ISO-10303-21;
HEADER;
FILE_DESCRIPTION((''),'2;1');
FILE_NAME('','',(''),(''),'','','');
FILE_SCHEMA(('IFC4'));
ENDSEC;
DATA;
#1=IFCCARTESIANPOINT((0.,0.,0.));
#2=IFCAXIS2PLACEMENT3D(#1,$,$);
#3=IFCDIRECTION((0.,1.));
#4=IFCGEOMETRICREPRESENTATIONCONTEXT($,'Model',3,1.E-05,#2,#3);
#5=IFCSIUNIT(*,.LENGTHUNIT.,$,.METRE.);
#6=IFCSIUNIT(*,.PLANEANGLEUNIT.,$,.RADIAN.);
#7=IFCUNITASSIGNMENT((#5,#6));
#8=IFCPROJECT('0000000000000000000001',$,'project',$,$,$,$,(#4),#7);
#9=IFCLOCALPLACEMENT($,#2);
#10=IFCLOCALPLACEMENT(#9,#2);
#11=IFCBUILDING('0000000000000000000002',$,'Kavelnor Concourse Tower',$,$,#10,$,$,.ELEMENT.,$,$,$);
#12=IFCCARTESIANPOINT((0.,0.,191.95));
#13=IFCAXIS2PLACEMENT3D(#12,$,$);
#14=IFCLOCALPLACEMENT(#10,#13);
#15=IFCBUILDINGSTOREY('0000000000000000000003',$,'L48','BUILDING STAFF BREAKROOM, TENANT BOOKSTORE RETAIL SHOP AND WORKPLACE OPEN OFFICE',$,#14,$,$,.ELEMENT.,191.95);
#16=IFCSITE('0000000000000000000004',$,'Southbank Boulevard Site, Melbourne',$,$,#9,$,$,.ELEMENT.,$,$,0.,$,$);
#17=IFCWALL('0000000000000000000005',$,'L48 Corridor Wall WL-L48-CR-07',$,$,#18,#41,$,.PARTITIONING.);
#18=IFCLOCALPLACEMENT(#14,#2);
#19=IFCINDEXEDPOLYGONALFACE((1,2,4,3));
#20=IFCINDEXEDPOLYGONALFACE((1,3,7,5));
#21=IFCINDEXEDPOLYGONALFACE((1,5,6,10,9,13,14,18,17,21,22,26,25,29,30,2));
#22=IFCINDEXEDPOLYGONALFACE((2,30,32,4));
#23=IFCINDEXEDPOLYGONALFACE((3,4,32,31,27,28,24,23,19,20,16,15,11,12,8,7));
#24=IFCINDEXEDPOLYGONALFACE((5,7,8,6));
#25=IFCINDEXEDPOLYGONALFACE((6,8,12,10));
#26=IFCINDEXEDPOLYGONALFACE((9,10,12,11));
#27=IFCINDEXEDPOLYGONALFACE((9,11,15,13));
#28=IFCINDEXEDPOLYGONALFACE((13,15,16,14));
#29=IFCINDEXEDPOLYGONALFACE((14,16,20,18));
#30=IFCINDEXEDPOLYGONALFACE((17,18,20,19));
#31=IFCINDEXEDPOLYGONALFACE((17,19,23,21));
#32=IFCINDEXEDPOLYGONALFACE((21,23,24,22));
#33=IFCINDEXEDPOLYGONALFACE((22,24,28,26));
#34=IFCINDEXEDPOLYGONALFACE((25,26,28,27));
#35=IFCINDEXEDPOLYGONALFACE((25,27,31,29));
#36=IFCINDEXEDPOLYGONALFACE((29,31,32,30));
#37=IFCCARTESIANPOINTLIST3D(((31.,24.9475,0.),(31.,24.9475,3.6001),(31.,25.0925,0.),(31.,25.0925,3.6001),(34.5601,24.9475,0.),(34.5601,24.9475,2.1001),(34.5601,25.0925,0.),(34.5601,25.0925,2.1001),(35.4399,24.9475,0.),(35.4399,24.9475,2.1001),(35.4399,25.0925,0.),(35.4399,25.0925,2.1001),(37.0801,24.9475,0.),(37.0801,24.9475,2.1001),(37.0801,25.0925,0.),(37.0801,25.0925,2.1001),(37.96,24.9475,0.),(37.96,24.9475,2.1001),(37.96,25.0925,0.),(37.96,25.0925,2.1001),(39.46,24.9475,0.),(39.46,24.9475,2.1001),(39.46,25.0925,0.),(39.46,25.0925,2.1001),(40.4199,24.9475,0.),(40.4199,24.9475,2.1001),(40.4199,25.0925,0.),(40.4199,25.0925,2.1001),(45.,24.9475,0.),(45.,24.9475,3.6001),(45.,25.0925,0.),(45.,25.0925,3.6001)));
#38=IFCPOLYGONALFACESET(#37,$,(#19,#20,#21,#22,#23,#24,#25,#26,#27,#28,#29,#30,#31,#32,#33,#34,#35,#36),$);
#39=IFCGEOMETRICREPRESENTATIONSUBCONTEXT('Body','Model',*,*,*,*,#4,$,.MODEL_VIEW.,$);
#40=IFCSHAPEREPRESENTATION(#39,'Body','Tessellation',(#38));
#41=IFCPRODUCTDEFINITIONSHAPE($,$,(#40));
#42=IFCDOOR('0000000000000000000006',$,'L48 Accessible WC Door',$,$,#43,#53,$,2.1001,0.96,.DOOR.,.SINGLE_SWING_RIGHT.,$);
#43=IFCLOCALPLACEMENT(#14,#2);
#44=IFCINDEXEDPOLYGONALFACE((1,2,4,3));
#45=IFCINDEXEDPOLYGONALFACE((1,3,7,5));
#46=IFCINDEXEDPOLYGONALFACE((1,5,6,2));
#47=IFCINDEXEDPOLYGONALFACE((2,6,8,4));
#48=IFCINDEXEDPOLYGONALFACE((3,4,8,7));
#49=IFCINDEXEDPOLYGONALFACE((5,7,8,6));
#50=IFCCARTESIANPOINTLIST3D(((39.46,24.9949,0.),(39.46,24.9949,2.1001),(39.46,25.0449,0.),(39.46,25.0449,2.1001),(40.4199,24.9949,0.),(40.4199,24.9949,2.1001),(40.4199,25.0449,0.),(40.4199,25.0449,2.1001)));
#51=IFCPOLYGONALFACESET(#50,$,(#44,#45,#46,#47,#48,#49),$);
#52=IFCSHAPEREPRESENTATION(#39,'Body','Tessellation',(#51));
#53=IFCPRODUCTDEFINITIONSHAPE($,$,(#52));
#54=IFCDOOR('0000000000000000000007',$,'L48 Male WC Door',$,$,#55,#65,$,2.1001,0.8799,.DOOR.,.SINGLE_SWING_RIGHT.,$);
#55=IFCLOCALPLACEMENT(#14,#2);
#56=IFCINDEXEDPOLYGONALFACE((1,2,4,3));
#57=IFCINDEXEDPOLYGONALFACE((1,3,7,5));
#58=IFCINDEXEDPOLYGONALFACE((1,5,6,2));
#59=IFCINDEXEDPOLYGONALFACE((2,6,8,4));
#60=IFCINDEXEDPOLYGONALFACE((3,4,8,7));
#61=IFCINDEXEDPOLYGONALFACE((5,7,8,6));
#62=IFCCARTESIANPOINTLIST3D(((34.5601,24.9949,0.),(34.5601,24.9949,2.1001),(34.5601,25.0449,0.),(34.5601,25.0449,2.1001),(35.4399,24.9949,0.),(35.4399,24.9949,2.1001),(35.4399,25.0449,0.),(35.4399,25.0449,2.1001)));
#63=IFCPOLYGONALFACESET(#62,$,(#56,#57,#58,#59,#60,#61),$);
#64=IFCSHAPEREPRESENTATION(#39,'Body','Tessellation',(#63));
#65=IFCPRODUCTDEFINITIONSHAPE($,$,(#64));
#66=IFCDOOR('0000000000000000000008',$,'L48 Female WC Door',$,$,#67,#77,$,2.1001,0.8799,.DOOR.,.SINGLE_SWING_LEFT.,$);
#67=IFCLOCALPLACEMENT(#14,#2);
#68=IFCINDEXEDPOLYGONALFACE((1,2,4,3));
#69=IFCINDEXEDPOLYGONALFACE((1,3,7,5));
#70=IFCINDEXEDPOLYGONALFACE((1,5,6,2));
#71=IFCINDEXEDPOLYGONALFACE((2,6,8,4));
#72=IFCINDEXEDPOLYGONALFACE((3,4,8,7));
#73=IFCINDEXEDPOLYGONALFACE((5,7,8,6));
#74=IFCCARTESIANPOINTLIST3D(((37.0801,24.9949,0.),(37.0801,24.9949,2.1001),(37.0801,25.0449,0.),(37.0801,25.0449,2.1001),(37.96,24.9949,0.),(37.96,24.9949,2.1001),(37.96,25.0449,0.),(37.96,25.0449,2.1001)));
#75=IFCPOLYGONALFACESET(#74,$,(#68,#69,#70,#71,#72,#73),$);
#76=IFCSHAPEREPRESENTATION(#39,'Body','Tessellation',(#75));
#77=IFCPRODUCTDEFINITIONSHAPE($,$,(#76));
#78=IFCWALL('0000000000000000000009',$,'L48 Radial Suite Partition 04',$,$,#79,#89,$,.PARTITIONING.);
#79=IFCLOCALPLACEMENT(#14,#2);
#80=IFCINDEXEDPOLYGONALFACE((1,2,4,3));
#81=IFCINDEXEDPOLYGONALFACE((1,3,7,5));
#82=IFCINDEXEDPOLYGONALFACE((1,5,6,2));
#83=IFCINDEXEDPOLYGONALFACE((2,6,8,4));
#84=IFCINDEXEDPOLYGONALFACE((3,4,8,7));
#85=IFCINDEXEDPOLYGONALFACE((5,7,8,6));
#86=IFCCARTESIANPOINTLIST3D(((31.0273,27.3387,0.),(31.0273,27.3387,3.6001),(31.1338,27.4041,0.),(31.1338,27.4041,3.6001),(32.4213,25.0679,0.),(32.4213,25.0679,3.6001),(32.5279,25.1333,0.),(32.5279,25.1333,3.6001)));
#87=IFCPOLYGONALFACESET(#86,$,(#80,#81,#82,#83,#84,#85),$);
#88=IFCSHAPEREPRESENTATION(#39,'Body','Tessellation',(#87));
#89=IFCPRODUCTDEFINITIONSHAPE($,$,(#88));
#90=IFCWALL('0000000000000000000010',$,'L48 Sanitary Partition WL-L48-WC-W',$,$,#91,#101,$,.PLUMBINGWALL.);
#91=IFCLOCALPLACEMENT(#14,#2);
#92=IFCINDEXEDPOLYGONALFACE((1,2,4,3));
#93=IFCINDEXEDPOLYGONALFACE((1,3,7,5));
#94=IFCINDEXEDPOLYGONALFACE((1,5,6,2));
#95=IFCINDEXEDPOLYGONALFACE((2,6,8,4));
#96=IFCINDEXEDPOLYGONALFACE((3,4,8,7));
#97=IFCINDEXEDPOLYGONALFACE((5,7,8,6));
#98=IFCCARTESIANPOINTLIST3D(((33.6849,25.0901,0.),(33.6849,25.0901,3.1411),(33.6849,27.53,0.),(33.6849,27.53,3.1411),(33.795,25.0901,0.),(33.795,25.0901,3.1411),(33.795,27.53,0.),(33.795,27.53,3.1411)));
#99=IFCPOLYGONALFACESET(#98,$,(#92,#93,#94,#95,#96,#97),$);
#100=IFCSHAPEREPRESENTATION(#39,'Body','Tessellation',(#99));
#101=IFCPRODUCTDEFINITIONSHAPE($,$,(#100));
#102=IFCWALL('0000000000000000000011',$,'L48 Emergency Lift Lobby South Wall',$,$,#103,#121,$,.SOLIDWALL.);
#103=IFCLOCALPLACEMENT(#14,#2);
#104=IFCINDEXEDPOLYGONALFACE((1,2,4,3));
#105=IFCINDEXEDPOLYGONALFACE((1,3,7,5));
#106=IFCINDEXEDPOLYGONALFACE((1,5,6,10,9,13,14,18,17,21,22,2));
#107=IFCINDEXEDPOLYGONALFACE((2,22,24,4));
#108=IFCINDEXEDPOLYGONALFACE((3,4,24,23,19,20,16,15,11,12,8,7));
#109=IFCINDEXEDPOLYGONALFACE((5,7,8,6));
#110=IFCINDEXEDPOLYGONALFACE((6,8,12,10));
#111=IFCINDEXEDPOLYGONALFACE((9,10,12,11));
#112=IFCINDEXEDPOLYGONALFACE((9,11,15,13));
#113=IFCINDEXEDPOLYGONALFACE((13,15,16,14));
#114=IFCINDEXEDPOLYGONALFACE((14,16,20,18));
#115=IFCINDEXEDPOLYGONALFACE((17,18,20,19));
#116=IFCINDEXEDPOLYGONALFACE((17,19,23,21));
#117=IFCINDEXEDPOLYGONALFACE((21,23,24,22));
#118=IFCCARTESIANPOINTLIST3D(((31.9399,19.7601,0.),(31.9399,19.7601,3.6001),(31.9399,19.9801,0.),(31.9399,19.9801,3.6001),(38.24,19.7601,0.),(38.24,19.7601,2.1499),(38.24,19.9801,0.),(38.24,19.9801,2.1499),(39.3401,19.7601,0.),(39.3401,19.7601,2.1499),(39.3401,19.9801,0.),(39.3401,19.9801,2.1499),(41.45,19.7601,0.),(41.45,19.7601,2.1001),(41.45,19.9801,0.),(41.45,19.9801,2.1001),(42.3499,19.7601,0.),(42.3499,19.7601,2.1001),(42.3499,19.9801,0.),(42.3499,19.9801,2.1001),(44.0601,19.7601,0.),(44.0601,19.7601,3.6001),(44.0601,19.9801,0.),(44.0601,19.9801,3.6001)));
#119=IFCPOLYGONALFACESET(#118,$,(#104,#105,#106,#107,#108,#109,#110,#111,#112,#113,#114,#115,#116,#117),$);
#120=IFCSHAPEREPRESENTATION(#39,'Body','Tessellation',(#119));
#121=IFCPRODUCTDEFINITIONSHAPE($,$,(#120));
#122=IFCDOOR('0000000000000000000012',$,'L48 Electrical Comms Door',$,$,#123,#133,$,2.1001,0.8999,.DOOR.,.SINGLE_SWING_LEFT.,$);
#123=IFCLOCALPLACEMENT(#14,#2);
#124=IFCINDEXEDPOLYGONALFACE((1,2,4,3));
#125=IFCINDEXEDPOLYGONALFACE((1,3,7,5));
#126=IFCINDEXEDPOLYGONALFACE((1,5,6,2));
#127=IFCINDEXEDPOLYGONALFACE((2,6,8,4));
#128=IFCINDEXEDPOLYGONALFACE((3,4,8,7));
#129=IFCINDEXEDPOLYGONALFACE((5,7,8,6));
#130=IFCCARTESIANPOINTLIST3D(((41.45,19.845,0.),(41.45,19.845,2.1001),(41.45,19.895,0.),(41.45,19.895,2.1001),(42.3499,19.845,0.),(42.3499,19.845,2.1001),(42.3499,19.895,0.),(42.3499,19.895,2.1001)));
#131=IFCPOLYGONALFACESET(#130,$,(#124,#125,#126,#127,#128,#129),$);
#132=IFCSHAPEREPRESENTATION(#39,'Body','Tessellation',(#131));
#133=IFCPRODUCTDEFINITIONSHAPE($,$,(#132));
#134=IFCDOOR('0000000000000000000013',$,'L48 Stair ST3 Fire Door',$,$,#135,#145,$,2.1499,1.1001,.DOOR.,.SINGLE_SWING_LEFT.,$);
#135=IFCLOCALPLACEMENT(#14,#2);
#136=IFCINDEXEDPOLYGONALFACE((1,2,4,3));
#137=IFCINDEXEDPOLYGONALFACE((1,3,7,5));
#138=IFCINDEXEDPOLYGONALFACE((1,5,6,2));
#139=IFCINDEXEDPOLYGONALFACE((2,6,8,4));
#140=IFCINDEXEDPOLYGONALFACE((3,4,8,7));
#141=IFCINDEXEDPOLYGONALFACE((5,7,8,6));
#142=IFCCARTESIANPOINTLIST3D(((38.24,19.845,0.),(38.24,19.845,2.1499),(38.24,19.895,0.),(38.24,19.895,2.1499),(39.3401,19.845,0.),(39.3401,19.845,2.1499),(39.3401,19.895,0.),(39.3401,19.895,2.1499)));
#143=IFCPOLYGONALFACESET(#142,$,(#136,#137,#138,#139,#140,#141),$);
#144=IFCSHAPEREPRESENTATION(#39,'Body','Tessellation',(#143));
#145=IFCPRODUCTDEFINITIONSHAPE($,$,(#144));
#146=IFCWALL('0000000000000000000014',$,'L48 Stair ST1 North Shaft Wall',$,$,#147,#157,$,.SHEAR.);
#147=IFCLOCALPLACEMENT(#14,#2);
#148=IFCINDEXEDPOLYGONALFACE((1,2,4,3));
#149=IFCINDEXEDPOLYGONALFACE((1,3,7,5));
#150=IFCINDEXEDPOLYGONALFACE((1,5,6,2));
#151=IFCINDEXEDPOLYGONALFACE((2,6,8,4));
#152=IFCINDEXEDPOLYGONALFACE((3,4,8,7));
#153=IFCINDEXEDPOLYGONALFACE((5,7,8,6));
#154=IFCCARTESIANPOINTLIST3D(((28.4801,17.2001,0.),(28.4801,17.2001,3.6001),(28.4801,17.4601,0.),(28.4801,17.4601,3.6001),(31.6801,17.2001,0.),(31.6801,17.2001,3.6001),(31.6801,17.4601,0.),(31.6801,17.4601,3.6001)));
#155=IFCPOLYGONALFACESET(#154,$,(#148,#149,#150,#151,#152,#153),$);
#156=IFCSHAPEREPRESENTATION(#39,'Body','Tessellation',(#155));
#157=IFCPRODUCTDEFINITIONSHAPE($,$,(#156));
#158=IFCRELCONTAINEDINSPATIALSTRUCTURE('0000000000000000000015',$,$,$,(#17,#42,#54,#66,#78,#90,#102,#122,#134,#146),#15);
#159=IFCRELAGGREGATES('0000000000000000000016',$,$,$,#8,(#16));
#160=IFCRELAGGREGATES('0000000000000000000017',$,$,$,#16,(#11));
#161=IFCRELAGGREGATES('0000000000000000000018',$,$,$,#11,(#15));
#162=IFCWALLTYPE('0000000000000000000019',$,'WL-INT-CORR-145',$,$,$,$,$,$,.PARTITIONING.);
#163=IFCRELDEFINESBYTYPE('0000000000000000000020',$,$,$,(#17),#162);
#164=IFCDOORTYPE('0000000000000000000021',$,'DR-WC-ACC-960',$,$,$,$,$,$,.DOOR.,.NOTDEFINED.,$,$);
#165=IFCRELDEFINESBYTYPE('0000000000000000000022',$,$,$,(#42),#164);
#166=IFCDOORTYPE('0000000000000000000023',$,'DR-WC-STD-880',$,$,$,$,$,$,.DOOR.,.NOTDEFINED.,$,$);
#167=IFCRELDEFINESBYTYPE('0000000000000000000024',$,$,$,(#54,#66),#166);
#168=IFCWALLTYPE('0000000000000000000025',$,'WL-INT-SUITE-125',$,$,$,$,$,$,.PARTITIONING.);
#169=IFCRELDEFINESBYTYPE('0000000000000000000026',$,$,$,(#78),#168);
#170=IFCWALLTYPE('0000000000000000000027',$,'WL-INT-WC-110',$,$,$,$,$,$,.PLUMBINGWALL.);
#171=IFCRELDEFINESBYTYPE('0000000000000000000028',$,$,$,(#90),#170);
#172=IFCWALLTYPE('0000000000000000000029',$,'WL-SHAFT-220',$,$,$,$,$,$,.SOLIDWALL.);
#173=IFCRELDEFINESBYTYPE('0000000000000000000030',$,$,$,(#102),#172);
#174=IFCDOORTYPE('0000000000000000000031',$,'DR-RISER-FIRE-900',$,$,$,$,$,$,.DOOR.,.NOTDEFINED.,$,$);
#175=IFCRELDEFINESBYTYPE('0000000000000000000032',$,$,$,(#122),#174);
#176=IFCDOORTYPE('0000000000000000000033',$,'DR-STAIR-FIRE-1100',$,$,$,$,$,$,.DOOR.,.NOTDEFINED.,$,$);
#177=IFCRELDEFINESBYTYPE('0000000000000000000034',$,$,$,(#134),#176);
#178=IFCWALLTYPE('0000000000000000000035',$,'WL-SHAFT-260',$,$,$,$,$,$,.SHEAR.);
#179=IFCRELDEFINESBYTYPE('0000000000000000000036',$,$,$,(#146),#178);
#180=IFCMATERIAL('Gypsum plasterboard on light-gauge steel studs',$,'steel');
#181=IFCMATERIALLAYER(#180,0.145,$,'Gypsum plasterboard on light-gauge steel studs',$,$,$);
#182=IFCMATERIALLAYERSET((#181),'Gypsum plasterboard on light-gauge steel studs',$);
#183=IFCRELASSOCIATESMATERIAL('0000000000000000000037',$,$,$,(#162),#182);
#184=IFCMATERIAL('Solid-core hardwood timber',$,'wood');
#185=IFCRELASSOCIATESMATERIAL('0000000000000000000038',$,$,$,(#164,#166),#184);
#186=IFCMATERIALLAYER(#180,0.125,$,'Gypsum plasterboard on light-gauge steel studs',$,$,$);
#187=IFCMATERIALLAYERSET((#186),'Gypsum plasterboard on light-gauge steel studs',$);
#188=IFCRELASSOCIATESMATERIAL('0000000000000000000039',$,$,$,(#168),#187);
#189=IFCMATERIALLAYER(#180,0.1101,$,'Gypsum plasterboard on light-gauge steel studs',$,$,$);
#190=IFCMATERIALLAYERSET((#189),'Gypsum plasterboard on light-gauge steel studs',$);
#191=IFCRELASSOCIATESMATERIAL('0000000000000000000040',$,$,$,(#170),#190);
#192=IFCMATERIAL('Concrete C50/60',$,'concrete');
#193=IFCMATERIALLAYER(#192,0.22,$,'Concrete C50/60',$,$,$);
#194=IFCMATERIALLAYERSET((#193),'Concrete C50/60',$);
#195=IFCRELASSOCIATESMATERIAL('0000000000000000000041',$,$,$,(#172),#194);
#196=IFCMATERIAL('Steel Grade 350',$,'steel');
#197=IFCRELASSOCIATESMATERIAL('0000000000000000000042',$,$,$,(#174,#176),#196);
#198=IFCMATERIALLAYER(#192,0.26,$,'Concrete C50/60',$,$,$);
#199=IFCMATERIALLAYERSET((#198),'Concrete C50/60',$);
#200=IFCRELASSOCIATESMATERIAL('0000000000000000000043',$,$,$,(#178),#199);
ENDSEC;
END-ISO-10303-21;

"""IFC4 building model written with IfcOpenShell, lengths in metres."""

from ifc_helpers import new_model, si_unit, direction, frame, frame_2d, origin, place, context, subcontext, project, spatial, rectangle, extrude, material, layer, layer_set, type_object, element, fill, save


model = new_model("IFC4")

# Units and contexts
model_context = context("Model", 3, precision=1e-05, world=origin(), true_north=direction((0.0, 1.0)))
body_context = subcontext(model_context, "Body", "Model", "MODEL_VIEW")
ifc_project = project(units=[si_unit("LENGTHUNIT", "METRE"), si_unit("PLANEANGLEUNIT", "RADIAN")], contexts=[model_context])

# Site, building, storey
site_placement = place(None, origin())
site = spatial("IfcSite", under=ifc_project, at=site_placement, Name="Southbank Boulevard Site, Melbourne", CompositionType="ELEMENT", RefElevation=0.0)
building_placement = place(site_placement, origin())
building = spatial("IfcBuilding", under=site, at=building_placement, Name="Kavelnor Concourse Tower", CompositionType="ELEMENT")
storey_placement = place(building_placement, frame((0.0, 0.0, 191.95)))
storey = spatial("IfcBuildingStorey", under=building, at=storey_placement, Name="L48", Description="BUILDING STAFF BREAKROOM, TENANT BOOKSTORE RETAIL SHOP AND WORKPLACE OPEN OFFICE", CompositionType="ELEMENT", Elevation=191.95)

# Shared definitions
ifc_material_1 = material(Name="Steel Grade 350", Category="steel")

# Shared definitions
ifc_material_2 = material(Name="Gypsum plasterboard on light-gauge steel studs", Category="steel")
ifc_layer_1 = layer(ifc_material_2, 0.145, Name="Gypsum plasterboard on light-gauge steel studs")
ifc_layer_set_1 = layer_set([ifc_layer_1], Name="Gypsum plasterboard on light-gauge steel studs")
wall_type_1 = type_object("IfcWallType", Name="WL-INT-CORR-145", PredefinedType="PARTITIONING", material=ifc_layer_set_1)

# Wall, openings, doors
wall_1_placement = place(storey_placement, frame((31.0, 25.02, 0.0), z_axis=(0.0, 0.0, 1.0), x_axis=(1.0, 0.0, 0.0)))
wall_1 = element("IfcWall", 1, at=wall_1_placement, inside=storey, type_object=wall_type_1, Name="L48 Corridor Wall WL-L48-CR-07", PredefinedType="PARTITIONING", context=body_context, shape_type="SweptSolid", body=[
    extrude(rectangle(XDim=14.0, YDim=0.145, at=frame_2d((7.0, 0.0))), origin(), (0.0, 0.0, 1.0), 3.6001),
])
opening_1_placement = place(wall_1_placement, frame((3.5601, 0.0, 0.0)))
opening_1 = element("IfcOpeningElement", 2, at=opening_1_placement, cuts=wall_1, PredefinedType="OPENING", context=body_context, shape_type="SweptSolid", body=[
    extrude(rectangle(XDim=0.8799, YDim=2.1001, at=frame_2d((0.4399, 1.05))), frame((0.0, 0.0825, 0.0), z_axis=(0.0, -1.0, 0.0), x_axis=(1.0, 0.0, 0.0)), (0.0, 0.0, 1.0), 0.165),
])
opening_2_placement = place(wall_1_placement, frame((6.0801, 0.0, 0.0)))
opening_2 = element("IfcOpeningElement", 3, at=opening_2_placement, cuts=wall_1, PredefinedType="OPENING", context=body_context, shape_type="SweptSolid", body=[
    extrude(rectangle(XDim=0.8799, YDim=2.1001, at=frame_2d((0.4399, 1.05))), frame((0.0, 0.0825, 0.0), z_axis=(0.0, -1.0, 0.0), x_axis=(1.0, 0.0, 0.0)), (0.0, 0.0, 1.0), 0.165),
])
opening_3_placement = place(wall_1_placement, frame((8.46, 0.0, 0.0)))
opening_3 = element("IfcOpeningElement", 4, at=opening_3_placement, cuts=wall_1, PredefinedType="OPENING", context=body_context, shape_type="SweptSolid", body=[
    extrude(rectangle(XDim=0.96, YDim=2.1001, at=frame_2d((0.48, 1.05))), frame((0.0, 0.0825, 0.0), z_axis=(0.0, -1.0, 0.0), x_axis=(1.0, 0.0, 0.0)), (0.0, 0.0, 1.0), 0.165),
])
ifc_material_3 = material(Name="Solid-core hardwood timber", Category="wood")
door_type_1 = type_object("IfcDoorType", Name="DR-WC-ACC-960", OperationType="NOTDEFINED", PredefinedType="DOOR", material=ifc_material_3)
door_1_placement = place(opening_3_placement, origin())
door_1 = element("IfcDoor", 5, at=door_1_placement, inside=storey, type_object=door_type_1, Name="L48 Accessible WC Door", OperationType="SINGLE_SWING_RIGHT", OverallHeight=2.1001, OverallWidth=0.96, PredefinedType="DOOR", context=body_context, shape_type="SweptSolid", body=[
    extrude(rectangle(XDim=0.96, YDim=2.1001, at=frame_2d((0.48, 1.05))), frame((0.0, 0.0249, 0.0), z_axis=(0.0, -1.0, 0.0), x_axis=(1.0, 0.0, 0.0)), (0.0, 0.0, 1.0), 0.05),
])
fill(opening_3, door_1)
door_type_2 = type_object("IfcDoorType", Name="DR-WC-STD-880", OperationType="NOTDEFINED", PredefinedType="DOOR", material=ifc_material_3)
door_2_placement = place(opening_1_placement, origin())
door_2 = element("IfcDoor", 6, at=door_2_placement, inside=storey, type_object=door_type_2, Name="L48 Male WC Door", OperationType="SINGLE_SWING_RIGHT", OverallHeight=2.1001, OverallWidth=0.8799, PredefinedType="DOOR", context=body_context, shape_type="SweptSolid", body=[
    extrude(rectangle(XDim=0.8799, YDim=2.1001, at=frame_2d((0.4399, 1.05))), frame((0.0, 0.0249, 0.0), z_axis=(0.0, -1.0, 0.0), x_axis=(1.0, 0.0, 0.0)), (0.0, 0.0, 1.0), 0.05),
])
fill(opening_1, door_2)
door_3_placement = place(opening_2_placement, origin())
door_3 = element("IfcDoor", 7, at=door_3_placement, inside=storey, type_object=door_type_2, Name="L48 Female WC Door", OperationType="SINGLE_SWING_LEFT", OverallHeight=2.1001, OverallWidth=0.8799, PredefinedType="DOOR", context=body_context, shape_type="SweptSolid", body=[
    extrude(rectangle(XDim=0.8799, YDim=2.1001, at=frame_2d((0.4399, 1.05))), frame((0.0, 0.0249, 0.0), z_axis=(0.0, -1.0, 0.0), x_axis=(1.0, 0.0, 0.0)), (0.0, 0.0, 1.0), 0.05),
])
fill(opening_2, door_3)

# Walls
ifc_layer_2 = layer(ifc_material_2, 0.125, Name="Gypsum plasterboard on light-gauge steel studs")
ifc_layer_set_2 = layer_set([ifc_layer_2], Name="Gypsum plasterboard on light-gauge steel studs")
wall_type_2 = type_object("IfcWallType", Name="WL-INT-SUITE-125", PredefinedType="PARTITIONING", material=ifc_layer_set_2)
wall_2_placement = place(storey_placement, frame((32.4746, 25.1006, 0.0), z_axis=(0.0, 0.0, 1.0), x_axis=(-0.523187, 0.852218, 0.0)))
element("IfcWall", 8, at=wall_2_placement, inside=storey, type_object=wall_type_2, Name="L48 Radial Suite Partition 04", PredefinedType="PARTITIONING", context=body_context, shape_type="SweptSolid", body=[
    extrude(rectangle(XDim=2.6646, YDim=0.125, at=frame_2d((1.3323, 0.0))), origin(), (0.0, 0.0, 1.0), 3.6001),
])
ifc_layer_3 = layer(ifc_material_2, 0.1101, Name="Gypsum plasterboard on light-gauge steel studs")
ifc_layer_set_3 = layer_set([ifc_layer_3], Name="Gypsum plasterboard on light-gauge steel studs")
wall_type_3 = type_object("IfcWallType", Name="WL-INT-WC-110", PredefinedType="PLUMBINGWALL", material=ifc_layer_set_3)
wall_3_placement = place(storey_placement, frame((33.74, 25.0901, 0.0), z_axis=(0.0, 0.0, 1.0), x_axis=(0.0, 1.0, 0.0)))
element("IfcWall", 9, at=wall_3_placement, inside=storey, type_object=wall_type_3, Name="L48 Sanitary Partition WL-L48-WC-W", PredefinedType="PLUMBINGWALL", context=body_context, shape_type="SweptSolid", body=[
    extrude(rectangle(XDim=2.4399, YDim=0.1101, at=frame_2d((1.22, 0.0))), origin(), (0.0, 0.0, 1.0), 3.1411),
])

# Wall, openings, doors
ifc_material_4 = material(Name="Concrete C50/60", Category="concrete")
ifc_layer_4 = layer(ifc_material_4, 0.22, Name="Concrete C50/60")
ifc_layer_set_4 = layer_set([ifc_layer_4], Name="Concrete C50/60")
wall_type_4 = type_object("IfcWallType", Name="WL-SHAFT-220", PredefinedType="SOLIDWALL", material=ifc_layer_set_4)
wall_4_placement = place(storey_placement, frame((31.9399, 19.8701, 0.0), z_axis=(0.0, 0.0, 1.0), x_axis=(1.0, 0.0, 0.0)))
wall_4 = element("IfcWall", 10, at=wall_4_placement, inside=storey, type_object=wall_type_4, Name="L48 Emergency Lift Lobby South Wall", PredefinedType="SOLIDWALL", context=body_context, shape_type="SweptSolid", body=[
    extrude(rectangle(XDim=12.1201, YDim=0.22, at=frame_2d((6.0601, 0.0))), origin(), (0.0, 0.0, 1.0), 3.6001),
])
opening_4_placement = place(wall_4_placement, frame((6.3, 0.0, 0.0)))
opening_4 = element("IfcOpeningElement", 11, at=opening_4_placement, cuts=wall_4, PredefinedType="OPENING", context=body_context, shape_type="SweptSolid", body=[
    extrude(rectangle(XDim=1.1001, YDim=2.1499, at=frame_2d((0.55, 1.075))), frame((0.0, 0.1201, 0.0), z_axis=(0.0, -1.0, 0.0), x_axis=(1.0, 0.0, 0.0)), (0.0, 0.0, 1.0), 0.24),
])
opening_5_placement = place(wall_4_placement, frame((9.51, 0.0, 0.0)))
opening_5 = element("IfcOpeningElement", 12, at=opening_5_placement, cuts=wall_4, PredefinedType="OPENING", context=body_context, shape_type="SweptSolid", body=[
    extrude(rectangle(XDim=0.8999, YDim=2.1001, at=frame_2d((0.45, 1.05))), frame((0.0, 0.1201, 0.0), z_axis=(0.0, -1.0, 0.0), x_axis=(1.0, 0.0, 0.0)), (0.0, 0.0, 1.0), 0.24),
])
door_type_3 = type_object("IfcDoorType", Name="DR-RISER-FIRE-900", OperationType="NOTDEFINED", PredefinedType="DOOR", material=ifc_material_1)
door_4_placement = place(opening_5_placement, origin())
door_4 = element("IfcDoor", 13, at=door_4_placement, inside=storey, type_object=door_type_3, Name="L48 Electrical Comms Door", OperationType="SINGLE_SWING_LEFT", OverallHeight=2.1001, OverallWidth=0.8999, PredefinedType="DOOR", context=body_context, shape_type="SweptSolid", body=[
    extrude(rectangle(XDim=0.8999, YDim=2.1001, at=frame_2d((0.45, 1.05))), frame((0.0, 0.0249, 0.0), z_axis=(0.0, -1.0, 0.0), x_axis=(1.0, 0.0, 0.0)), (0.0, 0.0, 1.0), 0.05),
])
fill(opening_5, door_4)
door_type_4 = type_object("IfcDoorType", Name="DR-STAIR-FIRE-1100", OperationType="NOTDEFINED", PredefinedType="DOOR", material=ifc_material_1)
door_5_placement = place(opening_4_placement, origin())
door_5 = element("IfcDoor", 14, at=door_5_placement, inside=storey, type_object=door_type_4, Name="L48 Stair ST3 Fire Door", OperationType="SINGLE_SWING_LEFT", OverallHeight=2.1499, OverallWidth=1.1001, PredefinedType="DOOR", context=body_context, shape_type="SweptSolid", body=[
    extrude(rectangle(XDim=1.1001, YDim=2.1499, at=frame_2d((0.55, 1.075))), frame((0.0, 0.0249, 0.0), z_axis=(0.0, -1.0, 0.0), x_axis=(1.0, 0.0, 0.0)), (0.0, 0.0, 1.0), 0.05),
])
fill(opening_4, door_5)

# Wall
ifc_layer_5 = layer(ifc_material_4, 0.26, Name="Concrete C50/60")
ifc_layer_set_5 = layer_set([ifc_layer_5], Name="Concrete C50/60")
wall_type_5 = type_object("IfcWallType", Name="WL-SHAFT-260", PredefinedType="SHEAR", material=ifc_layer_set_5)
for number, where, z_axis, x_axis, name in (
    (15, (28.48, 17.3301, 0.0), (0.0, 0.0, 1.0), (1.0, 0.0, 0.0), "L48 Stair ST1 North Shaft Wall"),
):
    element("IfcWall", number, at=place(storey_placement, frame(where, z_axis=z_axis, x_axis=x_axis)), inside=storey, type_object=wall_type_5, Name=name, PredefinedType="SHEAR", context=body_context, shape_type="SweptSolid", body=[
        extrude(rectangle(XDim=3.2, YDim=0.26, at=frame_2d((1.6001, 0.0))), origin(), (0.0, 0.0, 1.0), 3.6001),
    ])

save(model, "model.ifc")
